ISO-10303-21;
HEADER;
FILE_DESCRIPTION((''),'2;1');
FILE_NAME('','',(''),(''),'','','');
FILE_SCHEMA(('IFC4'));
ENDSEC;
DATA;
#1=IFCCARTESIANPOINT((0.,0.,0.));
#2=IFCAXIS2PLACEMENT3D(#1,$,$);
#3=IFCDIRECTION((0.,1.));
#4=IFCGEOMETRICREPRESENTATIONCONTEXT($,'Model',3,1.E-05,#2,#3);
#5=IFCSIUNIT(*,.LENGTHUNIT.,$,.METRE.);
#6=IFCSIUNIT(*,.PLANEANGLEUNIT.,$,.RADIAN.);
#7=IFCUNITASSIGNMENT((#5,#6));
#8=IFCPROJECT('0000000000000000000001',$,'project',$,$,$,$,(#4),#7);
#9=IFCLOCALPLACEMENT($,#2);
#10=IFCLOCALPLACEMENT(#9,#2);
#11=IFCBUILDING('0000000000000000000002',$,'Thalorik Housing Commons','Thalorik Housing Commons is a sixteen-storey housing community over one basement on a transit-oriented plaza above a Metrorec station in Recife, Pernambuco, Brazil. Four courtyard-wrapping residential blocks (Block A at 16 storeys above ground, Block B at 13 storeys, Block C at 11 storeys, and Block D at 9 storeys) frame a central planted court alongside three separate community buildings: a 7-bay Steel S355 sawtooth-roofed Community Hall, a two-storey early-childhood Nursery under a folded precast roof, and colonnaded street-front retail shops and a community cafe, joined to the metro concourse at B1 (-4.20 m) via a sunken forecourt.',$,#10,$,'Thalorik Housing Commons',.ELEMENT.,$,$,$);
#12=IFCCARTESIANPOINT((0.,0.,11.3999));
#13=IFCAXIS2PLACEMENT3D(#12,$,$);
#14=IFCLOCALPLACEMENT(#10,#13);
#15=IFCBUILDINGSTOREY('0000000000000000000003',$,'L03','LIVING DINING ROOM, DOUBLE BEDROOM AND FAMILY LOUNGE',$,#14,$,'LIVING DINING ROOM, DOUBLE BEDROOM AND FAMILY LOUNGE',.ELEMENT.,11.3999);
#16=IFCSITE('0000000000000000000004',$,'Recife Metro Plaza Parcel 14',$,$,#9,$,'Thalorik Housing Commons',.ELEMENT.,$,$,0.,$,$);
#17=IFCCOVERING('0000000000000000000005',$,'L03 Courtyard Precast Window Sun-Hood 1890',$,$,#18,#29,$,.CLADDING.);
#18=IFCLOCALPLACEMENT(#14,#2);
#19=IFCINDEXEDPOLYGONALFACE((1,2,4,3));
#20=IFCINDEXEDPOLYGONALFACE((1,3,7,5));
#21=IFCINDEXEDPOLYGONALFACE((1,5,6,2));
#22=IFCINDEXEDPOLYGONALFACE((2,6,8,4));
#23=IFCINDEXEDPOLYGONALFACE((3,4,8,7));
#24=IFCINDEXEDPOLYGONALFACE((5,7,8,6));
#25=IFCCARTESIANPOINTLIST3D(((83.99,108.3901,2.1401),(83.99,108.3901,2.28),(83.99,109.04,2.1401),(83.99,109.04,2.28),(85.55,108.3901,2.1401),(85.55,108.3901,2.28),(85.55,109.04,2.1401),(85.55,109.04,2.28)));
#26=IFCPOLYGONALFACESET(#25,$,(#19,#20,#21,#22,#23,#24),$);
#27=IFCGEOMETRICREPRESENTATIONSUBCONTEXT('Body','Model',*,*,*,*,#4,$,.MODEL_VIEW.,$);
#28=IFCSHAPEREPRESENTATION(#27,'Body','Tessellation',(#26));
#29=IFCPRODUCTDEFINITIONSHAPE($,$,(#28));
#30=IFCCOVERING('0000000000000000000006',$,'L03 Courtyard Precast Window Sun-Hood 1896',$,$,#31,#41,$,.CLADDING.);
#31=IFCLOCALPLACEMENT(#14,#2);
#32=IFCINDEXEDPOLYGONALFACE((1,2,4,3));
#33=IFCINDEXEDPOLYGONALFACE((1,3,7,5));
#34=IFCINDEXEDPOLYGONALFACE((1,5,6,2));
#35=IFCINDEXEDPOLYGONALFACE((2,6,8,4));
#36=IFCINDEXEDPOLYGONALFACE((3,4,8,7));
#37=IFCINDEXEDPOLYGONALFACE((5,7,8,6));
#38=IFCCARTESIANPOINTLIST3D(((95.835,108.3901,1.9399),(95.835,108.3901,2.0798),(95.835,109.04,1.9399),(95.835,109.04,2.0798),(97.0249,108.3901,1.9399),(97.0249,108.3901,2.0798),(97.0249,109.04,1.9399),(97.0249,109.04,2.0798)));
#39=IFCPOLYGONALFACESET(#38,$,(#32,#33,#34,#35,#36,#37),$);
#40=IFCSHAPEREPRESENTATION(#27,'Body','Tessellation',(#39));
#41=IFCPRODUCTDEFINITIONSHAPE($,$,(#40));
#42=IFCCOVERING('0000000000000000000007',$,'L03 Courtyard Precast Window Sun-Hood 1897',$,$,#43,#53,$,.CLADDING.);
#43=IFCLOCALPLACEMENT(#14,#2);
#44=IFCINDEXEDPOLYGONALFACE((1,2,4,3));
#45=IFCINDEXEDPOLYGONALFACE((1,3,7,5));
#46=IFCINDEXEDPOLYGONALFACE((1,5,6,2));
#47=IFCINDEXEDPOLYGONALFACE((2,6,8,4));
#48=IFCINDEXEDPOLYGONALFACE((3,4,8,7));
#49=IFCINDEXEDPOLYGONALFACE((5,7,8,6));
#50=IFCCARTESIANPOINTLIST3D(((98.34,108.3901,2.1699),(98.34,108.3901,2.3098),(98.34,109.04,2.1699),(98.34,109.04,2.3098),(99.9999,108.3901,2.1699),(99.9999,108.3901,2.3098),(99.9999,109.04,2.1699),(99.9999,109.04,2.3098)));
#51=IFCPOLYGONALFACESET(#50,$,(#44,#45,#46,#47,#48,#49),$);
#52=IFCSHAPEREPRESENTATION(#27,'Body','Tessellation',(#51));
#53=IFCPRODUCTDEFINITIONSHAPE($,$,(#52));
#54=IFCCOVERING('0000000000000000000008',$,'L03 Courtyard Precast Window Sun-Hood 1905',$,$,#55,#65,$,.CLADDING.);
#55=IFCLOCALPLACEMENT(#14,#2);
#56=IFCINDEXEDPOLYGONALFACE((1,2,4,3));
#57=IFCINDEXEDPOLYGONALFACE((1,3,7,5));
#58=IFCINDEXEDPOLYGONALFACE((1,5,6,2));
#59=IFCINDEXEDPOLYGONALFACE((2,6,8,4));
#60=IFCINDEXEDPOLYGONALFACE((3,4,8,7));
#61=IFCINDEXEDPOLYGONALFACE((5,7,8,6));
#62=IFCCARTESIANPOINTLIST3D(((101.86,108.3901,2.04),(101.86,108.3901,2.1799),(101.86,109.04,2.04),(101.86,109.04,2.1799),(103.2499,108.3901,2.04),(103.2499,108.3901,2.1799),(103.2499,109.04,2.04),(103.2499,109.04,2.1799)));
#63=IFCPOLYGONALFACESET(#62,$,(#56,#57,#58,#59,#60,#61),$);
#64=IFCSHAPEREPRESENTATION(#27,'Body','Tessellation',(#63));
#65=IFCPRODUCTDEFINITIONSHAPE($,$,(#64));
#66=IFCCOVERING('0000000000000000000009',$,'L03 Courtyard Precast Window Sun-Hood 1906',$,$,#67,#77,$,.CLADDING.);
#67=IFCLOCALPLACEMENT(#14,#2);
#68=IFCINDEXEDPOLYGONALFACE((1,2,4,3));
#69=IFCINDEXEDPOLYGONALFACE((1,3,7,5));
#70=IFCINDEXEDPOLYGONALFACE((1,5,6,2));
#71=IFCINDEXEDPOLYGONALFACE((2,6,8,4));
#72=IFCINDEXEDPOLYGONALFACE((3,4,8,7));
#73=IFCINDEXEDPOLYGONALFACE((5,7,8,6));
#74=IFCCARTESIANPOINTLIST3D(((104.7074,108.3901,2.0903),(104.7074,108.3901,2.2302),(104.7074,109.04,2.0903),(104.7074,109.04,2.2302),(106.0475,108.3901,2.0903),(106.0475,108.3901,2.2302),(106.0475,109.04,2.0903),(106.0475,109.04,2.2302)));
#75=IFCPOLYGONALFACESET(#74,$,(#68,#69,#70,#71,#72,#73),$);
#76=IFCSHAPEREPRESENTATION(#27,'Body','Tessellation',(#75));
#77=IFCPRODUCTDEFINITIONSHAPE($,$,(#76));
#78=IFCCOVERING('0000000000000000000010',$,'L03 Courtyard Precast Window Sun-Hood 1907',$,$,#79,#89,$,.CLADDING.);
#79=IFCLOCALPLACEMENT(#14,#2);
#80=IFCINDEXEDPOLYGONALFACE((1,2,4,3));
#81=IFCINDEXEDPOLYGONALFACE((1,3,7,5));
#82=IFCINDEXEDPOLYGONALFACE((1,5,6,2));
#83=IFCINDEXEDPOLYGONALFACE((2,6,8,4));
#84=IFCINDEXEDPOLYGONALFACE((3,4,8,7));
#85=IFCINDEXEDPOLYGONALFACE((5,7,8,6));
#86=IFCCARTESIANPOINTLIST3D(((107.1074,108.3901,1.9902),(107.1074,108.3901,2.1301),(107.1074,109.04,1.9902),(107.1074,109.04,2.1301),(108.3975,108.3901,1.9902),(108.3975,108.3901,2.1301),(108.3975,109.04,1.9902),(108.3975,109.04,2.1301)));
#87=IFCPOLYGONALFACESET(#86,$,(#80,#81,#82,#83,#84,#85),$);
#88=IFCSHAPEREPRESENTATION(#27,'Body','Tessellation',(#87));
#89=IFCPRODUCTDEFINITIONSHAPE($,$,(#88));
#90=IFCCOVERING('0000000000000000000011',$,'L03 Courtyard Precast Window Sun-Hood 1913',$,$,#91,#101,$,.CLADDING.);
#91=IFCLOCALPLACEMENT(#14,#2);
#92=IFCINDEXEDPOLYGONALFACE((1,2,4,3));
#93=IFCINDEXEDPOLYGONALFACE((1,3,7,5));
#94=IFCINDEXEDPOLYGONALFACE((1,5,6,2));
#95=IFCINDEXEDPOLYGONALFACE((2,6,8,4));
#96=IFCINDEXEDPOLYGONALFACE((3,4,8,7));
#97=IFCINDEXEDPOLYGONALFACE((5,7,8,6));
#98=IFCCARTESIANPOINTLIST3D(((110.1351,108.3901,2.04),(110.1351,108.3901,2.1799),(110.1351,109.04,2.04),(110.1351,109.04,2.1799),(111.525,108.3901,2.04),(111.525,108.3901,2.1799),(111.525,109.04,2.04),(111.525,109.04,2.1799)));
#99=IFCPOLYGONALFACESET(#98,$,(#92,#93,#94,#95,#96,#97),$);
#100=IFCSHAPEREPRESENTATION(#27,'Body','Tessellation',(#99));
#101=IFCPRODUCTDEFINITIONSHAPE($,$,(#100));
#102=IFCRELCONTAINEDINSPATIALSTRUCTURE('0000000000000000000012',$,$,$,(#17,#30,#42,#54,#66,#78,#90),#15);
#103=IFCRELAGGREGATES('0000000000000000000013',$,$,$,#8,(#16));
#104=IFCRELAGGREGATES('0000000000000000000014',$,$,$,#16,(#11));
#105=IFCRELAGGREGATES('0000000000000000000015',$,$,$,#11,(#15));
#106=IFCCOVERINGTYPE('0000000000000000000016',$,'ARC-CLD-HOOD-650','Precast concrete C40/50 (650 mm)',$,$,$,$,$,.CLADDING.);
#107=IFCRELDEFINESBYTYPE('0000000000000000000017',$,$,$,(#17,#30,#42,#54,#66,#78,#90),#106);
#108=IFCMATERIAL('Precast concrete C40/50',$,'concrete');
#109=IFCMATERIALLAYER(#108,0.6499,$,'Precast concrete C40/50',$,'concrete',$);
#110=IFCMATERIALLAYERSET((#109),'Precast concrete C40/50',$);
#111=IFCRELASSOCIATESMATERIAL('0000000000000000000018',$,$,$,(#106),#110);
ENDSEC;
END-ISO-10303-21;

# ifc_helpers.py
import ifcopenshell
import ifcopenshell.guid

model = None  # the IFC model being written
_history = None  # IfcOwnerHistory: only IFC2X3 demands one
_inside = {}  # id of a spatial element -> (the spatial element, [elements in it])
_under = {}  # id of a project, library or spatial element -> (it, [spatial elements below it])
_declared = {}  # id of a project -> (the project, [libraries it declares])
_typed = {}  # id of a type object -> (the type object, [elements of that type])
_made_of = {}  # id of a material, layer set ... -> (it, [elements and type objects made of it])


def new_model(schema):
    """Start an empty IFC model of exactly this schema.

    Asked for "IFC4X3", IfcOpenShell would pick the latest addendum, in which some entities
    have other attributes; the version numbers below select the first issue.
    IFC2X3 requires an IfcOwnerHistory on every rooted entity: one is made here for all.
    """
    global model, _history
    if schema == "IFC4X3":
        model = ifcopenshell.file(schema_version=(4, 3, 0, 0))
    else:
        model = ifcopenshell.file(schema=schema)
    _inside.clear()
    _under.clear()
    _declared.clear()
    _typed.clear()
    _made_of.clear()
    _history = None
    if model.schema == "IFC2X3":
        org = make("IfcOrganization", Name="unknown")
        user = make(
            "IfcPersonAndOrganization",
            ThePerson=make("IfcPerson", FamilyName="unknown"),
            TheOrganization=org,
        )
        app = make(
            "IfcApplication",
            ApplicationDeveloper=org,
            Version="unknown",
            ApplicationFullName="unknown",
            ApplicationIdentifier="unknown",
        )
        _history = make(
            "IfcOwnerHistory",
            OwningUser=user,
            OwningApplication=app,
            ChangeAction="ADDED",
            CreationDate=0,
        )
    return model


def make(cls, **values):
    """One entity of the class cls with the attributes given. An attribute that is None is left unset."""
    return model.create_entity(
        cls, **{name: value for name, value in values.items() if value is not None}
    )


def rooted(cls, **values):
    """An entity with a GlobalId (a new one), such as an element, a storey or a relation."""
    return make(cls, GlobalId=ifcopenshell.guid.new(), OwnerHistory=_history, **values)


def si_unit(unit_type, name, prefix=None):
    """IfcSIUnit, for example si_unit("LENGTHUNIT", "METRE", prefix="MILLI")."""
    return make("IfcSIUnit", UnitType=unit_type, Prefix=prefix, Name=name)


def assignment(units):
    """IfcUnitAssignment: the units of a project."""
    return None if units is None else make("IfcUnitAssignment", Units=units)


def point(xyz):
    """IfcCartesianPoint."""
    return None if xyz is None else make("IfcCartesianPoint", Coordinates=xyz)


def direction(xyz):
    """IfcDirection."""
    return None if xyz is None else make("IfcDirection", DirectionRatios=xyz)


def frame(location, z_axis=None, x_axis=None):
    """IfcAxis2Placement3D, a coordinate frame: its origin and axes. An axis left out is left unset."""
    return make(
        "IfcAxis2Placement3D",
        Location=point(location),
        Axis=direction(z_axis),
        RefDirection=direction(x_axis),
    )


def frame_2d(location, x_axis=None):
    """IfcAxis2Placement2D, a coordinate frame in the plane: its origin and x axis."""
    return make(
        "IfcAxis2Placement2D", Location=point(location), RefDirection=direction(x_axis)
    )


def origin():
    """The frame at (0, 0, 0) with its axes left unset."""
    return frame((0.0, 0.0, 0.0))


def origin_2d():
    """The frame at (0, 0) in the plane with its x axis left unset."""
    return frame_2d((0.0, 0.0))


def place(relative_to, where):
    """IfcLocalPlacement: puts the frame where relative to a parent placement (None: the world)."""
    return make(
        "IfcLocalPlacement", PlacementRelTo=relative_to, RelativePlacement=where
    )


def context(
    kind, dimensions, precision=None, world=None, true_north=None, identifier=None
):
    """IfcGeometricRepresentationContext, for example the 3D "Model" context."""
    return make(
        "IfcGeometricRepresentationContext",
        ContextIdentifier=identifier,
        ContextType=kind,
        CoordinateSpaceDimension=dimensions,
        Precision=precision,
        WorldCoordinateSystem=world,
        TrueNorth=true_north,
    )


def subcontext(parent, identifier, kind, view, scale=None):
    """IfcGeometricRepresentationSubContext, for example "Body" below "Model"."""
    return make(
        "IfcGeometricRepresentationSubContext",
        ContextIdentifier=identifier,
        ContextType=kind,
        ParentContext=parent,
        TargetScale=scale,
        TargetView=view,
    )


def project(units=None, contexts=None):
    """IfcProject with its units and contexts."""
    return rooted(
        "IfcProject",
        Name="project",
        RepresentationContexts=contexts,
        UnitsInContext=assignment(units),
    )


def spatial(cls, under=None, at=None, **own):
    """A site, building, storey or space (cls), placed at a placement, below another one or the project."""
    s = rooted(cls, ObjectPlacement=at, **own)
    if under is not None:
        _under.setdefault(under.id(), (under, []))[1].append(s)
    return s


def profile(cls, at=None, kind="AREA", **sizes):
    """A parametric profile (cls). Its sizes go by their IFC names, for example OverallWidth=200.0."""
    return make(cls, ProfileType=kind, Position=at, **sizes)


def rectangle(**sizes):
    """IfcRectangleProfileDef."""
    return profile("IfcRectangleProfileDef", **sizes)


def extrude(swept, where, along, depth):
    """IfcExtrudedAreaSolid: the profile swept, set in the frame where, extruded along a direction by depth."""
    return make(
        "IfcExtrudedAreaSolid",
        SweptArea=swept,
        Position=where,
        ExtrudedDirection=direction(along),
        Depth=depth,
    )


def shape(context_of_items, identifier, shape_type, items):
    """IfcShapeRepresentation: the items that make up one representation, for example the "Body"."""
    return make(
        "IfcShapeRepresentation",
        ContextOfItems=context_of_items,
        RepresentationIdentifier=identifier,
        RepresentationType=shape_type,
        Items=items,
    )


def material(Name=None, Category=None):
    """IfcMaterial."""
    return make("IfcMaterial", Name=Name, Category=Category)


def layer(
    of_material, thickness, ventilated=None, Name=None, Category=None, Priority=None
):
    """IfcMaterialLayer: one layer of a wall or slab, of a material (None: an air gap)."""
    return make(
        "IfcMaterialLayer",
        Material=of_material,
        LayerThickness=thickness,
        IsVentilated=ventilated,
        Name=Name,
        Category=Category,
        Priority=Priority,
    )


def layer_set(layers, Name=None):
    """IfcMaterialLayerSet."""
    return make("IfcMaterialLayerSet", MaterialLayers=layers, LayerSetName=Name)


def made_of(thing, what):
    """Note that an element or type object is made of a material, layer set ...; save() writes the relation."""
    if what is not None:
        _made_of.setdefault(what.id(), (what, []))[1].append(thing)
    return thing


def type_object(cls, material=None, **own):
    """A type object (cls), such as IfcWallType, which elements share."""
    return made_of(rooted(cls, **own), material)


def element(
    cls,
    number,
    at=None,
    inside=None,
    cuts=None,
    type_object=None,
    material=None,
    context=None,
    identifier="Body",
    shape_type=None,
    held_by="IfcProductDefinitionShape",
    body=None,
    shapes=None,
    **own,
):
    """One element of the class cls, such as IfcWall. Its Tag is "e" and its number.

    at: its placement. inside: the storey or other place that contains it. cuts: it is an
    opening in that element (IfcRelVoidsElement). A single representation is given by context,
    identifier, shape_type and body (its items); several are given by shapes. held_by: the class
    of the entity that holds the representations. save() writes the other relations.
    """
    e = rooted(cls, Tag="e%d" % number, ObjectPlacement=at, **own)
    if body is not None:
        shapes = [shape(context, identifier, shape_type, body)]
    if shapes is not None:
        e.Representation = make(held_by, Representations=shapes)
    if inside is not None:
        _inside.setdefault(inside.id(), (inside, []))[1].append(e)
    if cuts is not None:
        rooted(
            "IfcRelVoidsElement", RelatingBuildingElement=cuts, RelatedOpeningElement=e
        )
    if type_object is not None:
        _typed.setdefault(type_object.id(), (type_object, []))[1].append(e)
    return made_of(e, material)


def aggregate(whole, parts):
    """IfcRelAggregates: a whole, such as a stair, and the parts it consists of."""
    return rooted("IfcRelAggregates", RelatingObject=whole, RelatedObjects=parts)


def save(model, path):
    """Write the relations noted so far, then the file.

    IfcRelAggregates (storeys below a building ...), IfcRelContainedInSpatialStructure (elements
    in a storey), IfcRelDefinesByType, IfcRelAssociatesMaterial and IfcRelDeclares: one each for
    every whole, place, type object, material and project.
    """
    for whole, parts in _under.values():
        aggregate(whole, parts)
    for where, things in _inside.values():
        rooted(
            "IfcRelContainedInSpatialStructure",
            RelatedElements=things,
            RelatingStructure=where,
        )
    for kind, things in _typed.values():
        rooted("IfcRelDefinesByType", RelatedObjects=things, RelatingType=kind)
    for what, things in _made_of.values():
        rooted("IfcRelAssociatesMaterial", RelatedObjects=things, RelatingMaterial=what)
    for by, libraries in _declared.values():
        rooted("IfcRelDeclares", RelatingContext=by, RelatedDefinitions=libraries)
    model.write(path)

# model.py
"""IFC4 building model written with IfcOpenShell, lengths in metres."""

from ifc_helpers import new_model, si_unit, direction, frame, origin, origin_2d, place, context, subcontext, project, spatial, rectangle, extrude, material, layer, layer_set, type_object, element, save


model = new_model("IFC4")

# Units and contexts
model_context = context("Model", 3, precision=1e-05, world=origin(), true_north=direction((0.0, 1.0)))
body_context = subcontext(model_context, "Body", "Model", "MODEL_VIEW")
ifc_project = project(units=[si_unit("LENGTHUNIT", "METRE"), si_unit("PLANEANGLEUNIT", "RADIAN")], contexts=[model_context])

# Site, building, storey
site_placement = place(None, origin())
site = spatial("IfcSite", under=ifc_project, at=site_placement, Name="Recife Metro Plaza Parcel 14", LongName="Thalorik Housing Commons", CompositionType="ELEMENT", RefElevation=0.0)
building_placement = place(site_placement, origin())
building = spatial("IfcBuilding", under=site, at=building_placement, Name="Thalorik Housing Commons", Description="Thalorik Housing Commons is a sixteen-storey housing community over one basement on a transit-oriented plaza above a Metrorec station in Recife, Pernambuco, Brazil. Four courtyard-wrapping residential blocks (Block A at 16 storeys above ground, Block B at 13 storeys, Block C at 11 storeys, and Block D at 9 storeys) frame a central planted court alongside three separate community buildings: a 7-bay Steel S355 sawtooth-roofed Community Hall, a two-storey early-childhood Nursery under a folded precast roof, and colonnaded street-front retail shops and a community cafe, joined to the metro concourse at B1 (-4.20 m) via a sunken forecourt.", LongName="Thalorik Housing Commons", CompositionType="ELEMENT")
storey_placement = place(building_placement, frame((0.0, 0.0, 11.3999)))
storey = spatial("IfcBuildingStorey", under=building, at=storey_placement, Name="L03", Description="LIVING DINING ROOM, DOUBLE BEDROOM AND FAMILY LOUNGE", LongName="LIVING DINING ROOM, DOUBLE BEDROOM AND FAMILY LOUNGE", CompositionType="ELEMENT", Elevation=11.3999)

# Coverings
ifc_material = material(Name="Precast concrete C40/50", Category="concrete")
ifc_layer_1 = layer(ifc_material, 0.6499, Name="Precast concrete C40/50", Category="concrete")
ifc_layer_set_1 = layer_set([ifc_layer_1], Name="Precast concrete C40/50")
covering_type_1 = type_object("IfcCoveringType", Name="ARC-CLD-HOOD-650", Description="Precast concrete C40/50 (650 mm)", PredefinedType="CLADDING", material=ifc_layer_set_1)
covering_1_placement = place(storey_placement, frame((84.77, 108.7151, 2.1401), z_axis=(0.0, 0.0, 1.0), x_axis=(1.0, 0.0, 0.0)))
element("IfcCovering", 1, at=covering_1_placement, inside=storey, type_object=covering_type_1, Name="L03 Courtyard Precast Window Sun-Hood 1890", PredefinedType="CLADDING", context=body_context, shape_type="SweptSolid", body=[
    extrude(rectangle(XDim=1.5601, YDim=0.6499, at=origin_2d()), origin(), (0.0, 0.0, 1.0), 0.1399),
])
covering_2_placement = place(storey_placement, frame((96.4299, 108.7151, 1.9399), z_axis=(0.0, 0.0, 1.0), x_axis=(1.0, 0.0, 0.0)))
element("IfcCovering", 2, at=covering_2_placement, inside=storey, type_object=covering_type_1, Name="L03 Courtyard Precast Window Sun-Hood 1896", PredefinedType="CLADDING", context=body_context, shape_type="SweptSolid", body=[
    extrude(rectangle(XDim=1.1899, YDim=0.6499, at=origin_2d()), origin(), (0.0, 0.0, 1.0), 0.1399),
])
covering_3_placement = place(storey_placement, frame((99.1699, 108.7151, 2.1699), z_axis=(0.0, 0.0, 1.0), x_axis=(1.0, 0.0, 0.0)))
element("IfcCovering", 3, at=covering_3_placement, inside=storey, type_object=covering_type_1, Name="L03 Courtyard Precast Window Sun-Hood 1897", PredefinedType="CLADDING", context=body_context, shape_type="SweptSolid", body=[
    extrude(rectangle(XDim=1.6599, YDim=0.6499, at=origin_2d()), origin(), (0.0, 0.0, 1.0), 0.1399),
])
covering_4_placement = place(storey_placement, frame((102.5549, 108.7151, 2.04), z_axis=(0.0, 0.0, 1.0), x_axis=(1.0, 0.0, 0.0)))
element("IfcCovering", 4, at=covering_4_placement, inside=storey, type_object=covering_type_1, Name="L03 Courtyard Precast Window Sun-Hood 1905", PredefinedType="CLADDING", context=body_context, shape_type="SweptSolid", body=[
    extrude(rectangle(XDim=1.3899, YDim=0.6499, at=origin_2d()), origin(), (0.0, 0.0, 1.0), 0.1399),
])
covering_5_placement = place(storey_placement, frame((105.3774, 108.7151, 2.0903), z_axis=(0.0, 0.0, 1.0), x_axis=(1.0, 0.0, 0.0)))
element("IfcCovering", 5, at=covering_5_placement, inside=storey, type_object=covering_type_1, Name="L03 Courtyard Precast Window Sun-Hood 1906", PredefinedType="CLADDING", context=body_context, shape_type="SweptSolid", body=[
    extrude(rectangle(XDim=1.3401, YDim=0.6499, at=origin_2d()), origin(), (0.0, 0.0, 1.0), 0.1399),
])
covering_6_placement = place(storey_placement, frame((107.7524, 108.7151, 1.9902), z_axis=(0.0, 0.0, 1.0), x_axis=(1.0, 0.0, 0.0)))
element("IfcCovering", 6, at=covering_6_placement, inside=storey, type_object=covering_type_1, Name="L03 Courtyard Precast Window Sun-Hood 1907", PredefinedType="CLADDING", context=body_context, shape_type="SweptSolid", body=[
    extrude(rectangle(XDim=1.29, YDim=0.6499, at=origin_2d()), origin(), (0.0, 0.0, 1.0), 0.1399),
])
covering_7_placement = place(storey_placement, frame((110.8301, 108.7151, 2.04), z_axis=(0.0, 0.0, 1.0), x_axis=(1.0, 0.0, 0.0)))
element("IfcCovering", 7, at=covering_7_placement, inside=storey, type_object=covering_type_1, Name="L03 Courtyard Precast Window Sun-Hood 1913", PredefinedType="CLADDING", context=body_context, shape_type="SweptSolid", body=[
    extrude(rectangle(XDim=1.3899, YDim=0.6499, at=origin_2d()), origin(), (0.0, 0.0, 1.0), 0.1399),
])

save(model, "model.ifc")
